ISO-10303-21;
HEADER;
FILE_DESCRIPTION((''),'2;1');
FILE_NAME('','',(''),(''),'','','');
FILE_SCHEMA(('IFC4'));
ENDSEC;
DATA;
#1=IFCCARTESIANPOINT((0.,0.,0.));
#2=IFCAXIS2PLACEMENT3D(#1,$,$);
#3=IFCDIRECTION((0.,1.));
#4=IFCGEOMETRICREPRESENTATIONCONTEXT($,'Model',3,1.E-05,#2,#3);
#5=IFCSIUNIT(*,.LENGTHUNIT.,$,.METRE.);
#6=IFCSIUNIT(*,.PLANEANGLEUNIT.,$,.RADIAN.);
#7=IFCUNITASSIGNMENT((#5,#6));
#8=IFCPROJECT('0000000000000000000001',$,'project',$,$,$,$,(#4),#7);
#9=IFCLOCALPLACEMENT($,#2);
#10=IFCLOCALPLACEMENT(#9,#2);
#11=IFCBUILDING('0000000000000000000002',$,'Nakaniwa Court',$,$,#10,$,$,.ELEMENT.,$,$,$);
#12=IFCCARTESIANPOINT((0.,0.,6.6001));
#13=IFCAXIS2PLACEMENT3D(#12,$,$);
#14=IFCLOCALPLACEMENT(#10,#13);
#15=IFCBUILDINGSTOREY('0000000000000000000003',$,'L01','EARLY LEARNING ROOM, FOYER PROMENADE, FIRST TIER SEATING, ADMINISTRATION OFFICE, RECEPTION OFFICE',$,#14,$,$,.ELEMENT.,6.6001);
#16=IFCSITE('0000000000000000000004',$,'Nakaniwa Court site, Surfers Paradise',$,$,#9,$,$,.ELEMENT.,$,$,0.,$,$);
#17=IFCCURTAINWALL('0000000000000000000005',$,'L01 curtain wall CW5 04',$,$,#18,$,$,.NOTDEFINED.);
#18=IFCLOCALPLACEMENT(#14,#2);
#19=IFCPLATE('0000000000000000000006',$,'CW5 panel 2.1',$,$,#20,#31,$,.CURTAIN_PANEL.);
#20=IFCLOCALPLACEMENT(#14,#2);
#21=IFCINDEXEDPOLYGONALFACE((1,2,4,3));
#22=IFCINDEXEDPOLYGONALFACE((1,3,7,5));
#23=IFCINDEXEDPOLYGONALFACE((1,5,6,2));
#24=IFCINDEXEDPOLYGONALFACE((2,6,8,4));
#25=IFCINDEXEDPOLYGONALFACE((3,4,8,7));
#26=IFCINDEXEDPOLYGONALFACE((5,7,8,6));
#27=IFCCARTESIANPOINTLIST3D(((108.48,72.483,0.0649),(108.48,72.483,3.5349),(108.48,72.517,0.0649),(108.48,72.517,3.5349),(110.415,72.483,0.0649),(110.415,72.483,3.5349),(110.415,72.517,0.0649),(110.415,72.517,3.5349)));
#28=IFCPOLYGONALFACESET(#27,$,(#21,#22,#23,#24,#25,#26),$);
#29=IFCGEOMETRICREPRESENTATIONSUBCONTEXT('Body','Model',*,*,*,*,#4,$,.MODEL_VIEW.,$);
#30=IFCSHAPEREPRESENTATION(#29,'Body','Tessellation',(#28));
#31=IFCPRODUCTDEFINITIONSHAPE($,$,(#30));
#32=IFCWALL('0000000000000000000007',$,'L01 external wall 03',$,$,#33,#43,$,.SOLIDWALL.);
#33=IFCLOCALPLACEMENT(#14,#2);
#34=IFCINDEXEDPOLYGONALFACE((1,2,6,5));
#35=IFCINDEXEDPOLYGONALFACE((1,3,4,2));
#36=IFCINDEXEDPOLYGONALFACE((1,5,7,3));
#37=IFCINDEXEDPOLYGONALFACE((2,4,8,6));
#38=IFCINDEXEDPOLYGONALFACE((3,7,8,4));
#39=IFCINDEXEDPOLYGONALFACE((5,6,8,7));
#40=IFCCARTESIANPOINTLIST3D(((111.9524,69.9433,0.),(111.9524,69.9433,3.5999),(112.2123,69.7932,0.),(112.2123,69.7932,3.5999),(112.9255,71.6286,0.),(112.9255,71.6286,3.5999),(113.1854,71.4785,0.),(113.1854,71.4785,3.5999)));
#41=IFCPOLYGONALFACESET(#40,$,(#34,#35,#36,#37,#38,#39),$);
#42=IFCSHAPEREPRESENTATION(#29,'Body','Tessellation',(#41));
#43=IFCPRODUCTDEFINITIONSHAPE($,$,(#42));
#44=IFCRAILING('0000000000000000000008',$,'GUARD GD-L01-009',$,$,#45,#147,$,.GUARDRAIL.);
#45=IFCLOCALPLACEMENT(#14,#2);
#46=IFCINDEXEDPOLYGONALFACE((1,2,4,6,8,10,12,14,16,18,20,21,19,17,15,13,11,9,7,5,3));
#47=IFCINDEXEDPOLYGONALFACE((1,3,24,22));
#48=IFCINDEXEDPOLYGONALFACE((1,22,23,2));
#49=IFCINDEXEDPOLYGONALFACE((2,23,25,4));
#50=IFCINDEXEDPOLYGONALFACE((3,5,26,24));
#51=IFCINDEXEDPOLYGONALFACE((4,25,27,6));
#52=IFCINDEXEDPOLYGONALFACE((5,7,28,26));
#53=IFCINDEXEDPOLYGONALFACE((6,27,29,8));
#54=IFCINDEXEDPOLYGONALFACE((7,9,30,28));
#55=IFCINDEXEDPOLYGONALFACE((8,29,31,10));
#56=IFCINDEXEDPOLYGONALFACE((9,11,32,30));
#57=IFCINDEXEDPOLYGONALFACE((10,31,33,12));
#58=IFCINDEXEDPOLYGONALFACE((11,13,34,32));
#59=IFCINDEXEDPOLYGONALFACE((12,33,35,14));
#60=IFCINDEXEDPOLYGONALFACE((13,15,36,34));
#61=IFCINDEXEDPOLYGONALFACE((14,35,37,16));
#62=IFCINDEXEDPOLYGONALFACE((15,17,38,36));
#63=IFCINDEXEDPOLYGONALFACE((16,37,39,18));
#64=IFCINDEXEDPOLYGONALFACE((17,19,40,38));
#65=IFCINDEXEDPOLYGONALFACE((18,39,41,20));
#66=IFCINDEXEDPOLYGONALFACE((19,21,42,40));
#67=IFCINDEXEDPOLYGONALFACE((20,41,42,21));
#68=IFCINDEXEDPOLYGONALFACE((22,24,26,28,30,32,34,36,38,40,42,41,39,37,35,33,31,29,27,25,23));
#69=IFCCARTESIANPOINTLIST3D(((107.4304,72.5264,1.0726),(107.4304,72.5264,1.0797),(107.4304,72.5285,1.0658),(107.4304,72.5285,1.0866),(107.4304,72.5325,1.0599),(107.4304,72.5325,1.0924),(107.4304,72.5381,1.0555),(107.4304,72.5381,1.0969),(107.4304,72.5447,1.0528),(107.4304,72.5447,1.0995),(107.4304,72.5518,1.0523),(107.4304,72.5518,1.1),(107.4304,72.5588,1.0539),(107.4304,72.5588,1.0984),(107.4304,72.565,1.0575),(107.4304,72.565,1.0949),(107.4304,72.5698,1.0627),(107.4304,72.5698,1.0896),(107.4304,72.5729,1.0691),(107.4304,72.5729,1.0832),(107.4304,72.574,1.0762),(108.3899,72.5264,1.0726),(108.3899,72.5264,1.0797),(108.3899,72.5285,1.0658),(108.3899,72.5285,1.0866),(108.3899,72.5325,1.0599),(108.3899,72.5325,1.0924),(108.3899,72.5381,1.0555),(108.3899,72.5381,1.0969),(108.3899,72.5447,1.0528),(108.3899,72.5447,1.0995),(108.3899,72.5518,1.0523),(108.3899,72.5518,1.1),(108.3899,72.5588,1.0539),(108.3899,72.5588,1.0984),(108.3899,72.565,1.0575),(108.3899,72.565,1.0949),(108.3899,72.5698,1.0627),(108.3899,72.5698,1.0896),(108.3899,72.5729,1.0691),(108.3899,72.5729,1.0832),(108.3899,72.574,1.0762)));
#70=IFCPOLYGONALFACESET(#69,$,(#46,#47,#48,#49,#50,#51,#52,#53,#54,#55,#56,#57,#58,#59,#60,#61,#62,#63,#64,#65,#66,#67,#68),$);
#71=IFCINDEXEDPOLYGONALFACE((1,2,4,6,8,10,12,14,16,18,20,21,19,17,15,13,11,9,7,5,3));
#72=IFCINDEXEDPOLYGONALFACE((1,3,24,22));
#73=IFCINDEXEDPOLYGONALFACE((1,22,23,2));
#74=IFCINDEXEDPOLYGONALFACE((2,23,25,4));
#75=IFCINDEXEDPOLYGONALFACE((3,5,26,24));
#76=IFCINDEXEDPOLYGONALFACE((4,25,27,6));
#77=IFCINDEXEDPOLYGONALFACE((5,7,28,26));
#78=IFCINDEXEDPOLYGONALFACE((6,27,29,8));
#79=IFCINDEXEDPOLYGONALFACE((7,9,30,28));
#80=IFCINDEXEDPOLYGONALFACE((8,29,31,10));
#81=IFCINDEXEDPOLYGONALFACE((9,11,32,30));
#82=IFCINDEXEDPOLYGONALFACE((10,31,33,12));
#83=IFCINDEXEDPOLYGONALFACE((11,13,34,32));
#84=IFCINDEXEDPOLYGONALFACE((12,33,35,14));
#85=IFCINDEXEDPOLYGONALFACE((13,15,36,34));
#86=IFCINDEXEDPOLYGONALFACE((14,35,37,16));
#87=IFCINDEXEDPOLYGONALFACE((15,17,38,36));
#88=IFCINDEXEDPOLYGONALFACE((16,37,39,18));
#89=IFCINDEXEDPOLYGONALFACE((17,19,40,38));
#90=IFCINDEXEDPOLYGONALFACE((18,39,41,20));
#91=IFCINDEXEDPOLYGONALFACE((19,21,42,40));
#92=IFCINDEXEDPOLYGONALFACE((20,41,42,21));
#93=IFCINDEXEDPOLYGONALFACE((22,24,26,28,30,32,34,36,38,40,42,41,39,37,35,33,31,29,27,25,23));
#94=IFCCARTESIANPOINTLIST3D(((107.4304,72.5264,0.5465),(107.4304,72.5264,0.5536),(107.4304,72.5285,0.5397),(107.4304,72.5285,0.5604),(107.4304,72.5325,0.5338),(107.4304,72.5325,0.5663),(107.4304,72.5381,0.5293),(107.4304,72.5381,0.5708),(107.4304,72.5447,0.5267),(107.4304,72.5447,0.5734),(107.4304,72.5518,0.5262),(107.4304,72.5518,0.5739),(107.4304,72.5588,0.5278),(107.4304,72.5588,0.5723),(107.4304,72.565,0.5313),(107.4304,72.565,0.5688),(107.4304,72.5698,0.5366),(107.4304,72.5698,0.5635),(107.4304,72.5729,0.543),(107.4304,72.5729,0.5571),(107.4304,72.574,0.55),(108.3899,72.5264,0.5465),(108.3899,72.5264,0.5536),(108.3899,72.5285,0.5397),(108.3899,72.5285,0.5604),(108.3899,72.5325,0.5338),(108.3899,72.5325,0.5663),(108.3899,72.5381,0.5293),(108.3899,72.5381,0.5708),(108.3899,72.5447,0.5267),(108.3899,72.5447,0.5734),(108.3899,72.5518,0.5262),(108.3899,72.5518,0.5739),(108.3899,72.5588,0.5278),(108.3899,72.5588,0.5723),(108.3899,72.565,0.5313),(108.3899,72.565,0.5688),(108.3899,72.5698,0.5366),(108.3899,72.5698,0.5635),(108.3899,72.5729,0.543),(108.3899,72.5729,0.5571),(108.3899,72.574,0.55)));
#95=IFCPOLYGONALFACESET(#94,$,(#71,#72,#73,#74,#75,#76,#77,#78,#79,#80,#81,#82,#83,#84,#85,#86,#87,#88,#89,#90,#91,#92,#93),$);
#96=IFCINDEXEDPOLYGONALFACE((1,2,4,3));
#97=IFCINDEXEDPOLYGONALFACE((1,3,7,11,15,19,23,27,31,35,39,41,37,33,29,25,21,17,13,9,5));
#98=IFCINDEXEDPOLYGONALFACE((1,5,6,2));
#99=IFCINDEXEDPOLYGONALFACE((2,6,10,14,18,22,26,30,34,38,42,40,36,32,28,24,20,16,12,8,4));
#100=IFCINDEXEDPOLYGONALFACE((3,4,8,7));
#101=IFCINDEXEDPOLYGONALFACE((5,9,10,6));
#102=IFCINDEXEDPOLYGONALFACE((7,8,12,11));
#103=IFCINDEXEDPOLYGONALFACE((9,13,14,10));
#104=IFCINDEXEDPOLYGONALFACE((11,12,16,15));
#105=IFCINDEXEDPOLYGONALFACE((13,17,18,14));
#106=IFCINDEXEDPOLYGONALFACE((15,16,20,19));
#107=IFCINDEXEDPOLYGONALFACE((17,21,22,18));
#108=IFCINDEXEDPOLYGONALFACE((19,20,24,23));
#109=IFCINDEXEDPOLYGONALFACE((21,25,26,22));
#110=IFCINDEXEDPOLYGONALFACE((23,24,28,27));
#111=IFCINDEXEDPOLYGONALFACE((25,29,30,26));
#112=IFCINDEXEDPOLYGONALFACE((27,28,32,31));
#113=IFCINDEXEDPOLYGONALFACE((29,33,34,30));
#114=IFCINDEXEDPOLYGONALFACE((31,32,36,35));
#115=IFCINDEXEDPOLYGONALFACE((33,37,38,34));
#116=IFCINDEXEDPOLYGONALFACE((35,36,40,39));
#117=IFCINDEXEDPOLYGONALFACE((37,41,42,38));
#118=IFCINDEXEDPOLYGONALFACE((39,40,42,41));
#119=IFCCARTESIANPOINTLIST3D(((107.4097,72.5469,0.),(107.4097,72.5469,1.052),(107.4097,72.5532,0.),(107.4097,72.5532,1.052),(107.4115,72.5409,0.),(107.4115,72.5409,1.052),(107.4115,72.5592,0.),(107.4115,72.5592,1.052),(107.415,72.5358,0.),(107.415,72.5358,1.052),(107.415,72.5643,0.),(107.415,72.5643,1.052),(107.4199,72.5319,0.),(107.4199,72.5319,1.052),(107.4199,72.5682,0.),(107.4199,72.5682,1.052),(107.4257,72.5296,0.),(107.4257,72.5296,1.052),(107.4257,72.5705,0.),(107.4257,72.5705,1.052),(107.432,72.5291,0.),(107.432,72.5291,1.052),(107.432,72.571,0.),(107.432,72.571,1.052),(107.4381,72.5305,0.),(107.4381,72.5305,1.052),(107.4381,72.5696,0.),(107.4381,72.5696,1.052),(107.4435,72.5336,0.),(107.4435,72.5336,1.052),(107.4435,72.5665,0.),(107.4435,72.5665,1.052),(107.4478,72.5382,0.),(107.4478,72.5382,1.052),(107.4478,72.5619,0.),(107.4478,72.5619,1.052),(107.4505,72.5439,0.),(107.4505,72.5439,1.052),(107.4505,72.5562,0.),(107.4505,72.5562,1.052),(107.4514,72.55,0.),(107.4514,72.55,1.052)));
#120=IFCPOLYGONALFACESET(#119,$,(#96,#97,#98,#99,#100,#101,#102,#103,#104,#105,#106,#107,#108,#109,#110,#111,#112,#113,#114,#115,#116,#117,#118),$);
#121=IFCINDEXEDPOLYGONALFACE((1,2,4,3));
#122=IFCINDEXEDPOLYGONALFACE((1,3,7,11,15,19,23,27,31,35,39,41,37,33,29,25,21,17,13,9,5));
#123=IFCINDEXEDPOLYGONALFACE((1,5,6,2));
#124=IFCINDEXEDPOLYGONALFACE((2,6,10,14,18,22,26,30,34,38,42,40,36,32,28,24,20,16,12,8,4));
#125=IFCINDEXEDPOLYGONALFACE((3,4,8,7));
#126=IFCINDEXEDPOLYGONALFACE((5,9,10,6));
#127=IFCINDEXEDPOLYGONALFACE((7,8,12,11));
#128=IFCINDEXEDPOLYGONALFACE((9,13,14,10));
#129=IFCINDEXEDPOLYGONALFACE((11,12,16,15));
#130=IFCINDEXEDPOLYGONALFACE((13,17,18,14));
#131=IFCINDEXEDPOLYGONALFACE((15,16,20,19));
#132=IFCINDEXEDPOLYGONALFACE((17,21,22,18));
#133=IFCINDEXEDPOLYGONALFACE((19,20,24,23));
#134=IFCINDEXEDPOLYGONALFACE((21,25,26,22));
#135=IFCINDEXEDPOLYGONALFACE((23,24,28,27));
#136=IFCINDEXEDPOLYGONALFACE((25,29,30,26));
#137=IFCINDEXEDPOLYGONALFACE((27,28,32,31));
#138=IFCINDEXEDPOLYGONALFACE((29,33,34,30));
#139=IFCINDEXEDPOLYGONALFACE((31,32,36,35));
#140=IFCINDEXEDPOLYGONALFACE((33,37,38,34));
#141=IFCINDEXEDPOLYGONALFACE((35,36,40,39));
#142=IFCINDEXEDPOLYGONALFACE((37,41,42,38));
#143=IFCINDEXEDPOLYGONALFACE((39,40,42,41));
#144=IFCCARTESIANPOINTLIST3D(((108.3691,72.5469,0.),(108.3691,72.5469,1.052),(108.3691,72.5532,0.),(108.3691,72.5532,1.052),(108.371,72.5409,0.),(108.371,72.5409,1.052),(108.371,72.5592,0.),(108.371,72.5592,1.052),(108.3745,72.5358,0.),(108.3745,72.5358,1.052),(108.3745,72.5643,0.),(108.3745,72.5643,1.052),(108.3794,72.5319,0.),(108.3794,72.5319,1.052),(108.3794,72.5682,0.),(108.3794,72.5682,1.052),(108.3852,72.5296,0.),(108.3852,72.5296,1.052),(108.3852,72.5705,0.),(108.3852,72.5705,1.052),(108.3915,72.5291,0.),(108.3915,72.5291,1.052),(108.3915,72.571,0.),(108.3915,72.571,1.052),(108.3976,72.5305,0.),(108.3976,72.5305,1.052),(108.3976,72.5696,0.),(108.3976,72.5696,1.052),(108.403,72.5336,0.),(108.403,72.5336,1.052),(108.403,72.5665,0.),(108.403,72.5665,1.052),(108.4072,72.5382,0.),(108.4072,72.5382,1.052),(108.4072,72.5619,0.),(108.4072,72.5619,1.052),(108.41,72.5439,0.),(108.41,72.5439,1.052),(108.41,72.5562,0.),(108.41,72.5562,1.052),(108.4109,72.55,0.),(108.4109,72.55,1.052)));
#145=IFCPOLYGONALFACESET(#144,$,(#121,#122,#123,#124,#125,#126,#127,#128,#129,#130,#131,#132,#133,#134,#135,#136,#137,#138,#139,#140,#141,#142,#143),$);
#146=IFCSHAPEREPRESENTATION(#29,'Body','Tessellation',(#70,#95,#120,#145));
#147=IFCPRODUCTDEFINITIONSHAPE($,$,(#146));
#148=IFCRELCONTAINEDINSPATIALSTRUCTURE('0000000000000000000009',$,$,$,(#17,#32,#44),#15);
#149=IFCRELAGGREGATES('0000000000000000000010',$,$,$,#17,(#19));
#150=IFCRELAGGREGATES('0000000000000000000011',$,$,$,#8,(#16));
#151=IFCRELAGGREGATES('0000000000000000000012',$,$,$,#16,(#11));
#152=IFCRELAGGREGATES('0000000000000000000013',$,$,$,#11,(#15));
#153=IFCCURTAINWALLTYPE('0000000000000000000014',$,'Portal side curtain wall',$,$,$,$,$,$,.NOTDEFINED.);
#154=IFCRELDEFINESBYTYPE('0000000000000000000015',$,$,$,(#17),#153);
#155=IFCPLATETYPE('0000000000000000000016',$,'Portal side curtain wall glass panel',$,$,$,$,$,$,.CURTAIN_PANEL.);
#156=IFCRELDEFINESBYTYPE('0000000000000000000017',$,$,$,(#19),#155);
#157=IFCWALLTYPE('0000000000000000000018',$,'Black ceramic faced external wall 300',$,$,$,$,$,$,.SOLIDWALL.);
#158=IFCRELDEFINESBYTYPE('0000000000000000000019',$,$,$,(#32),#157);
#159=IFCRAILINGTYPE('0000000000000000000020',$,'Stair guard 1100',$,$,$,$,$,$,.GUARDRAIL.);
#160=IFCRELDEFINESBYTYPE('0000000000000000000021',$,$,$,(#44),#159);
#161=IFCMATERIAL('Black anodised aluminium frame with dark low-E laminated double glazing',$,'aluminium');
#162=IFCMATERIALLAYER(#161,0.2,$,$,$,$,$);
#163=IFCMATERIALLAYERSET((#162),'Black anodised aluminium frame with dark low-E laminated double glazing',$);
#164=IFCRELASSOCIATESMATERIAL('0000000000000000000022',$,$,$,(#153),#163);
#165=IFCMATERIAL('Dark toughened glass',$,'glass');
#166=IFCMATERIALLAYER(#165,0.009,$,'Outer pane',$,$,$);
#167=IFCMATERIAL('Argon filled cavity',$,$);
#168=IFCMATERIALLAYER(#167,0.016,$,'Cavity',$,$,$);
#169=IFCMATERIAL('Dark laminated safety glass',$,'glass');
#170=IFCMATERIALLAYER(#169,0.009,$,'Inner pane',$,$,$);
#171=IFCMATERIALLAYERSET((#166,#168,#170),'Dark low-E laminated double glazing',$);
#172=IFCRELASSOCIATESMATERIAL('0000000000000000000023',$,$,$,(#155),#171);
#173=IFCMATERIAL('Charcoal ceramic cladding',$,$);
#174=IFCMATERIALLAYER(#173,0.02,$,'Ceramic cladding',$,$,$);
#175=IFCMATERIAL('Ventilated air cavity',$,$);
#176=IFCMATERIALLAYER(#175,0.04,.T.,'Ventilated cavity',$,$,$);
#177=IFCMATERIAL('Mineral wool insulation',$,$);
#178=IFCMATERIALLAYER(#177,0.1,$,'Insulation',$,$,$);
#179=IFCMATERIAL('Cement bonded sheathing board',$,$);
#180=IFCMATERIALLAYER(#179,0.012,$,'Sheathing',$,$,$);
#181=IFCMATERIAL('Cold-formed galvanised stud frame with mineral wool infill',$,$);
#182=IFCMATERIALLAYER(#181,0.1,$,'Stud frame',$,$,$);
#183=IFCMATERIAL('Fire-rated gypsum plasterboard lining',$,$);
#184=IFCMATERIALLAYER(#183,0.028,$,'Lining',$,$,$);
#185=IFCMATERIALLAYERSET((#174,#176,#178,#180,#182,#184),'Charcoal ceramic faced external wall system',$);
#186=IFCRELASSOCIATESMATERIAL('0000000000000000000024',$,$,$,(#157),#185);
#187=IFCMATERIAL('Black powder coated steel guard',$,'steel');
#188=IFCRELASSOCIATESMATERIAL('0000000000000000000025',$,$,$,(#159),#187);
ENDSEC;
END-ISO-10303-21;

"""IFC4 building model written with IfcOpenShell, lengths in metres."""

from ifc_helpers import new_model, si_unit, direction, frame, frame_2d, origin, origin_2d, place, context, subcontext, project, spatial, rectangle, circle, extrude, material, layer, layer_set, type_object, element, aggregate, save


model = new_model("IFC4")

# Units and contexts
model_context = context("Model", 3, precision=1e-05, world=origin(), true_north=direction((0.0, 1.0)))
body_context = subcontext(model_context, "Body", "Model", "MODEL_VIEW")
ifc_project = project(units=[si_unit("LENGTHUNIT", "METRE"), si_unit("PLANEANGLEUNIT", "RADIAN")], contexts=[model_context])

# Site, building, storey
site_placement = place(None, origin())
site = spatial("IfcSite", under=ifc_project, at=site_placement, Name="Nakaniwa Court site, Surfers Paradise", CompositionType="ELEMENT", RefElevation=0.0)
building_placement = place(site_placement, origin())
building = spatial("IfcBuilding", under=site, at=building_placement, Name="Nakaniwa Court", CompositionType="ELEMENT")
storey_placement = place(building_placement, frame((0.0, 0.0, 6.6001)))
storey = spatial("IfcBuildingStorey", under=building, at=storey_placement, Name="L01", Description="EARLY LEARNING ROOM, FOYER PROMENADE, FIRST TIER SEATING, ADMINISTRATION OFFICE, RECEPTION OFFICE", CompositionType="ELEMENT", Elevation=6.6001)

# Shared definitions
ifc_material_1 = material(Name="Black anodised aluminium frame with dark low-E laminated double glazing", Category="aluminium")

# Curtain wall
ifc_layer_1 = layer(ifc_material_1, 0.2)
ifc_layer_set_1 = layer_set([ifc_layer_1], Name="Black anodised aluminium frame with dark low-E laminated double glazing")
curtain_wall_type_1 = type_object("IfcCurtainWallType", Name="Portal side curtain wall", PredefinedType="NOTDEFINED", material=ifc_layer_set_1)
curtain_wall_1_placement = place(storey_placement, origin())
curtain_wall_1 = element("IfcCurtainWall", 1, at=curtain_wall_1_placement, inside=storey, type_object=curtain_wall_type_1, Name="L01 curtain wall CW5 04", PredefinedType="NOTDEFINED")

# Plate
ifc_material_2 = material(Name="Dark toughened glass", Category="glass")
ifc_material_3 = material(Name="Argon filled cavity")
ifc_material_4 = material(Name="Dark laminated safety glass", Category="glass")
ifc_layer_2 = layer(ifc_material_2, 0.009, Name="Outer pane")
ifc_layer_3 = layer(ifc_material_3, 0.016, Name="Cavity")
ifc_layer_4 = layer(ifc_material_4, 0.009, Name="Inner pane")
ifc_layer_set_2 = layer_set([ifc_layer_2, ifc_layer_3, ifc_layer_4], Name="Dark low-E laminated double glazing")
plate_type_1 = type_object("IfcPlateType", Name="Portal side curtain wall glass panel", PredefinedType="CURTAIN_PANEL", material=ifc_layer_set_2)
plate_1_placement = place(storey_placement, frame((109.4475, 72.5, 0.0649), z_axis=(0.0, 0.0, 1.0), x_axis=(-1.0, 0.0, 0.0)))
plate_1 = element("IfcPlate", 2, at=plate_1_placement, type_object=plate_type_1, Name="CW5 panel 2.1", PredefinedType="CURTAIN_PANEL", context=body_context, shape_type="SweptSolid", body=[
    extrude(rectangle(XDim=1.9351, YDim=0.0339, at=origin_2d()), origin(), (0.0, 0.0, 1.0), 3.47),
])
aggregate(curtain_wall_1, [plate_1])

# Wall
ifc_material_5 = material(Name="Charcoal ceramic cladding")
ifc_layer_5 = layer(ifc_material_5, 0.02, Name="Ceramic cladding")
ifc_material_6 = material(Name="Ventilated air cavity")
ifc_layer_6 = layer(ifc_material_6, 0.04, ventilated=True, Name="Ventilated cavity")
ifc_material_7 = material(Name="Mineral wool insulation")
ifc_layer_7 = layer(ifc_material_7, 0.1, Name="Insulation")
ifc_material_8 = material(Name="Cement bonded sheathing board")
ifc_layer_8 = layer(ifc_material_8, 0.012, Name="Sheathing")
ifc_material_9 = material(Name="Cold-formed galvanised stud frame with mineral wool infill")
ifc_layer_9 = layer(ifc_material_9, 0.1, Name="Stud frame")
ifc_material_10 = material(Name="Fire-rated gypsum plasterboard lining")
ifc_layer_10 = layer(ifc_material_10, 0.028, Name="Lining")
ifc_layer_set_3 = layer_set([ifc_layer_5, ifc_layer_6, ifc_layer_7, ifc_layer_8, ifc_layer_9, ifc_layer_10], Name="Charcoal ceramic faced external wall system")
wall_type = type_object("IfcWallType", Name="Black ceramic faced external wall 300", PredefinedType="SOLIDWALL", material=ifc_layer_set_3)
wall_placement = place(storey_placement, frame((112.0823, 69.8682, 0.0), z_axis=(0.0, 0.0, 1.0), x_axis=(0.500052, 0.865995, 0.0)))
element("IfcWall", 3, at=wall_placement, inside=storey, type_object=wall_type, Name="L01 external wall 03", PredefinedType="SOLIDWALL", context=body_context, shape_type="SweptSolid", body=[
    extrude(rectangle(XDim=1.946, YDim=0.3, at=frame_2d((0.9731, 0.0))), origin(), (0.0, 0.0, 1.0), 3.5999),
])

# Railing
ifc_material_11 = material(Name="Black powder coated steel guard", Category="steel")
railing_type = type_object("IfcRailingType", Name="Stair guard 1100", PredefinedType="GUARDRAIL", material=ifc_material_11)
railing_placement = place(storey_placement, frame((107.4304, 72.55, 0.0)))
element("IfcRailing", 4, at=railing_placement, inside=storey, type_object=railing_type, Name="GUARD GD-L01-009", PredefinedType="GUARDRAIL", context=body_context, shape_type="SweptSolid", body=[
    extrude(circle(Radius=0.0239, at=origin_2d()), frame((0.0, 0.0, 1.0762), z_axis=(1.0, 0.0, 0.0), x_axis=(0.0, 1.0, 0.0)), (0.0, 0.0, 1.0), 0.9595),
    extrude(circle(Radius=0.0239, at=origin_2d()), frame((0.0, 0.0, 0.55), z_axis=(1.0, 0.0, 0.0), x_axis=(0.0, 1.0, 0.0)), (0.0, 0.0, 1.0), 0.9595),
    extrude(circle(Radius=0.021, at=origin_2d()), origin(), (0.0, 0.0, 1.0), 1.052),
    extrude(circle(Radius=0.021, at=origin_2d()), frame((0.9595, 0.0, 0.0)), (0.0, 0.0, 1.0), 1.052),
])

save(model, "model.ifc")
